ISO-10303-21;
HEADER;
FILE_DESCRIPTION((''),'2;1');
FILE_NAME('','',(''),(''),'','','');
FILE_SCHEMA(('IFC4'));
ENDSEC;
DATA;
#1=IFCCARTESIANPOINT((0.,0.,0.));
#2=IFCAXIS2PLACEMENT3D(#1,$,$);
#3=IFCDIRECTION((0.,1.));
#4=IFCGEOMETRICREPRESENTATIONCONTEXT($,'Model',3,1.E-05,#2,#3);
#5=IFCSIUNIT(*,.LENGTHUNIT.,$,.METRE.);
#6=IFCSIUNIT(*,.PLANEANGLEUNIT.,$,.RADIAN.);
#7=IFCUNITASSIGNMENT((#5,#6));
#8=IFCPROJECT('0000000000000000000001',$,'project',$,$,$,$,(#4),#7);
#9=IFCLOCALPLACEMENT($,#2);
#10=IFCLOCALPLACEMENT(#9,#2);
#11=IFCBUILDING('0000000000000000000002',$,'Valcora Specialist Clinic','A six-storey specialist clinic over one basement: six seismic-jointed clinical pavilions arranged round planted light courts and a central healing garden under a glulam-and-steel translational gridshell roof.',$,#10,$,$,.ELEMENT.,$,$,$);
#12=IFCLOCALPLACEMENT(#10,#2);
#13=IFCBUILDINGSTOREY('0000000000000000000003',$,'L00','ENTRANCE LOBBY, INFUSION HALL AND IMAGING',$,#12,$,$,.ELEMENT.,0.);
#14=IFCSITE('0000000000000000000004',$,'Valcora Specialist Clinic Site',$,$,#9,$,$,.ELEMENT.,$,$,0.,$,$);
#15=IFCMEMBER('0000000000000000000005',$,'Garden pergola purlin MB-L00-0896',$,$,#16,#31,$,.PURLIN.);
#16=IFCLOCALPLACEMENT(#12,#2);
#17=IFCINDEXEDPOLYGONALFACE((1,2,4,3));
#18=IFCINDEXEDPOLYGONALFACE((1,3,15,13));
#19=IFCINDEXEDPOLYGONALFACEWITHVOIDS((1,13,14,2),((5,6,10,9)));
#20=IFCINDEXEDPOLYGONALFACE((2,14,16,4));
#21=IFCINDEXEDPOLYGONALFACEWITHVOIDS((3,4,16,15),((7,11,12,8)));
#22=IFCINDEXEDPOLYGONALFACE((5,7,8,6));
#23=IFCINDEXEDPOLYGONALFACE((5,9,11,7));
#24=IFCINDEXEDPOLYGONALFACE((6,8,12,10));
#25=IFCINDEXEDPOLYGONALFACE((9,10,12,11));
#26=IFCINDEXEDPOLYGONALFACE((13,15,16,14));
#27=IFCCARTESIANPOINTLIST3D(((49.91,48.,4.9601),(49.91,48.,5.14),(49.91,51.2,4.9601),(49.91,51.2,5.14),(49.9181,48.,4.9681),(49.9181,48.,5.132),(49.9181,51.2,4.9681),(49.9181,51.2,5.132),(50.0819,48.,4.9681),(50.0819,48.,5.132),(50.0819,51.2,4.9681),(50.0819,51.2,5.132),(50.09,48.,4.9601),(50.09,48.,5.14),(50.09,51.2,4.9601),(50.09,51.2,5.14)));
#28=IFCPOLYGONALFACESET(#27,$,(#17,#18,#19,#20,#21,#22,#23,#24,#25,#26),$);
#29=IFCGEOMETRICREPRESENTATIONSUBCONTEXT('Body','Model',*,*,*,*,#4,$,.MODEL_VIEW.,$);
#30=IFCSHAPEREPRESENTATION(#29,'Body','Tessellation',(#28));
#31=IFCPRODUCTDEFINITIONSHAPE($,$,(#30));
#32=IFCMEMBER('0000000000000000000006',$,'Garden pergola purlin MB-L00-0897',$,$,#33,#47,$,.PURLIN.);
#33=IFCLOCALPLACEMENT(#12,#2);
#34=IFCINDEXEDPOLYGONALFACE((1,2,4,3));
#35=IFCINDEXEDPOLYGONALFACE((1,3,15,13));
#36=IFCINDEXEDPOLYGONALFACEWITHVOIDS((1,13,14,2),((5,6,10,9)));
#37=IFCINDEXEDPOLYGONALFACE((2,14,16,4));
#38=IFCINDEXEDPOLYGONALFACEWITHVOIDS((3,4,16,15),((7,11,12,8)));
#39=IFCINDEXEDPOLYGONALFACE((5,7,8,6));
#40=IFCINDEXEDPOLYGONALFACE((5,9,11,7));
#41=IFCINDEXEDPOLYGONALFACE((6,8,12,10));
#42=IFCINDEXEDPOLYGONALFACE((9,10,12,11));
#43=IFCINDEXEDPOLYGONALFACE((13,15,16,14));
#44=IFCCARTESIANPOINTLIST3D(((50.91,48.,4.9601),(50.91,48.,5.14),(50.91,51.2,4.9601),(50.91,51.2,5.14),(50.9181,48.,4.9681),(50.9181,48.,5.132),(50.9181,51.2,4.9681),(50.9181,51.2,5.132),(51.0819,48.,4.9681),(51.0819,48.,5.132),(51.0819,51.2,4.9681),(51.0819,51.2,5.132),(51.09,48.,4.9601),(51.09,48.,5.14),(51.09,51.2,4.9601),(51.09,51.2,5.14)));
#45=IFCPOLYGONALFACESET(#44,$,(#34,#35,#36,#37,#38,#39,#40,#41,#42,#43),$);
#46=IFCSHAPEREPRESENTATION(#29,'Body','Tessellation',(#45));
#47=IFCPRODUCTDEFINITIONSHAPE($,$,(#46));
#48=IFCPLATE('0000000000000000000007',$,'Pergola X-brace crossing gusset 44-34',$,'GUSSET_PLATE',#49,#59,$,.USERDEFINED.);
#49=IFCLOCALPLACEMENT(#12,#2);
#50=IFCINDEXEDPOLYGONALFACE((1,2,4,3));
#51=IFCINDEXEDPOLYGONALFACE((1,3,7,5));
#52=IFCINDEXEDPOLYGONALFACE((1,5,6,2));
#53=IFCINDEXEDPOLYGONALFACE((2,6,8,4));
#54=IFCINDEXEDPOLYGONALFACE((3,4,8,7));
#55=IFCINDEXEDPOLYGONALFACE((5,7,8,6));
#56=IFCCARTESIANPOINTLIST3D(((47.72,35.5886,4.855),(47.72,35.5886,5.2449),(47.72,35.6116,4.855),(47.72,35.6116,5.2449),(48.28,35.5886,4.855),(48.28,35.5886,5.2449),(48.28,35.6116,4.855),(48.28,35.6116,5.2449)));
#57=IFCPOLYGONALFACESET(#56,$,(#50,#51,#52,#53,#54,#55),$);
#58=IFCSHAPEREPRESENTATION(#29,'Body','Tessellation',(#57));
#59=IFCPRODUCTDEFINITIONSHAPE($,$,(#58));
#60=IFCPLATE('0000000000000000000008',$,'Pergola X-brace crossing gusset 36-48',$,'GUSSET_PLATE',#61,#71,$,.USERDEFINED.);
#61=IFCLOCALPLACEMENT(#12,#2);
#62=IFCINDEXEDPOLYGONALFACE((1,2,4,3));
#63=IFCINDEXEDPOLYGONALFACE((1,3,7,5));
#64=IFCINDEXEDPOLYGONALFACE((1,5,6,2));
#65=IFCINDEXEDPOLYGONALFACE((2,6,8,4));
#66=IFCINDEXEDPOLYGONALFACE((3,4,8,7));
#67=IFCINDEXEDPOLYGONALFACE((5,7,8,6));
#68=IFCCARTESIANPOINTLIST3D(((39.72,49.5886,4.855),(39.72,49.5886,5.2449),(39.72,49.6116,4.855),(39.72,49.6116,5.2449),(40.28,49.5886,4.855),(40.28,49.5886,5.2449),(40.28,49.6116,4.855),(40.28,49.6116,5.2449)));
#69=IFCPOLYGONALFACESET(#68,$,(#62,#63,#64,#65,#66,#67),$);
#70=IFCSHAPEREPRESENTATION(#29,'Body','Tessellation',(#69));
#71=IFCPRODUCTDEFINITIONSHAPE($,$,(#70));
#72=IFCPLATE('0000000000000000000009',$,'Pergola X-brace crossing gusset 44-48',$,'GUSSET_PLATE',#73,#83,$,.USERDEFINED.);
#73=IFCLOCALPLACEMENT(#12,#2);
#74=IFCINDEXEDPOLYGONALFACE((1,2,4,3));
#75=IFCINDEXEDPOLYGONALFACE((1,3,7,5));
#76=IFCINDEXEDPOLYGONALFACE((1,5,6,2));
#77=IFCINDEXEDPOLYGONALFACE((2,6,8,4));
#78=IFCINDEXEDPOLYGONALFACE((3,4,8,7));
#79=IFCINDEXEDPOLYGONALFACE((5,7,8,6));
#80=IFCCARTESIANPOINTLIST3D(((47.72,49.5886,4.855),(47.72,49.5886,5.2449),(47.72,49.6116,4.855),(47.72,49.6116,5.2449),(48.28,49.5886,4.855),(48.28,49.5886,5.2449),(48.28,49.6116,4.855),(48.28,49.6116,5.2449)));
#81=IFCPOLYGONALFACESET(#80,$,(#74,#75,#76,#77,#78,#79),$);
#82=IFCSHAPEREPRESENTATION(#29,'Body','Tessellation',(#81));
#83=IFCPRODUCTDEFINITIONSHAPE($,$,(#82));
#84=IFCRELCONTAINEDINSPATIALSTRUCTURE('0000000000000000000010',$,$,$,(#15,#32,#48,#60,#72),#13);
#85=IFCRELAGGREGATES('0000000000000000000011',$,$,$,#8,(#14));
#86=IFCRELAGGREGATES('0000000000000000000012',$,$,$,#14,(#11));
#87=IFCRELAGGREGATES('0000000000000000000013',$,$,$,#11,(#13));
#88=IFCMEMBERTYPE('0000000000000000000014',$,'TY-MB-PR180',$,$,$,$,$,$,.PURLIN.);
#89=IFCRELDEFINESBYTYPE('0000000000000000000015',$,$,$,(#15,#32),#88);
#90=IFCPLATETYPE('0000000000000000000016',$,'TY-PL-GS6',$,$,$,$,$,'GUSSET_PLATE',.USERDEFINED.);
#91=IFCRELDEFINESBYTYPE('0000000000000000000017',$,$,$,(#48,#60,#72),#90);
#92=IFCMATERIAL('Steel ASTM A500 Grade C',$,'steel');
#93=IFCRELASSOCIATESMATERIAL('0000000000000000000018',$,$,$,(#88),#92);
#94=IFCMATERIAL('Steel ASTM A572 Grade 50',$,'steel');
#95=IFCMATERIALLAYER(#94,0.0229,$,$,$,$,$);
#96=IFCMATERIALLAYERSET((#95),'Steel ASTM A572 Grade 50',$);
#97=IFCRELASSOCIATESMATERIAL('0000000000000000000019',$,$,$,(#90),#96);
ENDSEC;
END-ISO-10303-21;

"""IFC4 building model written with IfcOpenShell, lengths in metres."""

from ifc_helpers import new_model, si_unit, direction, frame, origin, origin_2d, place, context, subcontext, project, spatial, rectangle, hollow_rectangle, extrude, material, layer, layer_set, material_profile, profile_set, type_object, element, save


model = new_model("IFC4")

# Units and contexts
model_context = context("Model", 3, precision=1e-05, world=origin(), true_north=direction((0.0, 1.0)))
body_context = subcontext(model_context, "Body", "Model", "MODEL_VIEW")
ifc_project = project(units=[si_unit("LENGTHUNIT", "METRE"), si_unit("PLANEANGLEUNIT", "RADIAN")], contexts=[model_context])

# Site, building, storey
site_placement = place(None, origin())
site = spatial("IfcSite", under=ifc_project, at=site_placement, Name="Valcora Specialist Clinic Site", CompositionType="ELEMENT", RefElevation=0.0)
building_placement = place(site_placement, origin())
building = spatial("IfcBuilding", under=site, at=building_placement, Name="Valcora Specialist Clinic", Description="A six-storey specialist clinic over one basement: six seismic-jointed clinical pavilions arranged round planted light courts and a central healing garden under a glulam-and-steel translational gridshell roof.", CompositionType="ELEMENT")
storey_placement = place(building_placement, origin())
storey = spatial("IfcBuildingStorey", under=building, at=storey_placement, Name="L00", Description="ENTRANCE LOBBY, INFUSION HALL AND IMAGING", CompositionType="ELEMENT", Elevation=0.0)

# Members
ifc_material_1 = material(Name="Steel ASTM A500 Grade C", Category="steel")
ifc_material_profile_1 = material_profile(ifc_material_1, hollow_rectangle(XDim=0.1799, YDim=0.1799, WallThickness=0.0081, at=origin_2d()), Name="ST-RHS-180X180X8")
ifc_profile_set_1 = profile_set([ifc_material_profile_1], Name="Steel ASTM A500 Grade C")
member_type_1 = type_object("IfcMemberType", Name="TY-MB-PR180", PredefinedType="PURLIN", material=ifc_profile_set_1)
for number, where, z_axis, x_axis, name in (
    (1, (50.0, 48.0, 5.05), (0.0, 1.0, 0.0), (-1.0, 0.0, 0.0), "Garden pergola purlin MB-L00-0896"),
    (2, (51.0, 48.0, 5.05), (0.0, 1.0, 0.0), (-1.0, 0.0, 0.0), "Garden pergola purlin MB-L00-0897"),
):
    element("IfcMember", number, at=place(storey_placement, frame(where, z_axis=z_axis, x_axis=x_axis)), inside=storey, type_object=member_type_1, Name=name, PredefinedType="PURLIN", context=body_context, shape_type="SweptSolid", body=[
        extrude(hollow_rectangle(XDim=0.1799, YDim=0.1799, WallThickness=0.0081, at=origin_2d()), origin(), (0.0, 0.0, 1.0), 3.2),
    ])

# Plates
ifc_material_2 = material(Name="Steel ASTM A572 Grade 50", Category="steel")
ifc_layer = layer(ifc_material_2, 0.0229)
ifc_layer_set = layer_set([ifc_layer], Name="Steel ASTM A572 Grade 50")
plate_type = type_object("IfcPlateType", Name="TY-PL-GS6", ElementType="GUSSET_PLATE", PredefinedType="USERDEFINED", material=ifc_layer_set)
for number, where, z_axis, x_axis, name in (
    (3, (48.0, 35.6001, 4.855), (0.0, 0.0, 1.0), (1.0, 0.0, 0.0), "Pergola X-brace crossing gusset 44-34"),
    (4, (40.0, 49.6001, 4.855), (0.0, 0.0, 1.0), (1.0, 0.0, 0.0), "Pergola X-brace crossing gusset 36-48"),
    (5, (48.0, 49.6001, 4.855), (0.0, 0.0, 1.0), (1.0, 0.0, 0.0), "Pergola X-brace crossing gusset 44-48"),
):
    element("IfcPlate", number, at=place(storey_placement, frame(where, z_axis=z_axis, x_axis=x_axis)), inside=storey, type_object=plate_type, Name=name, ObjectType="GUSSET_PLATE", PredefinedType="USERDEFINED", context=body_context, shape_type="SweptSolid", body=[
        extrude(rectangle(XDim=0.5601, YDim=0.0229, at=origin_2d()), origin(), (0.0, 0.0, 1.0), 0.3899),
    ])

save(model, "model.ifc")
